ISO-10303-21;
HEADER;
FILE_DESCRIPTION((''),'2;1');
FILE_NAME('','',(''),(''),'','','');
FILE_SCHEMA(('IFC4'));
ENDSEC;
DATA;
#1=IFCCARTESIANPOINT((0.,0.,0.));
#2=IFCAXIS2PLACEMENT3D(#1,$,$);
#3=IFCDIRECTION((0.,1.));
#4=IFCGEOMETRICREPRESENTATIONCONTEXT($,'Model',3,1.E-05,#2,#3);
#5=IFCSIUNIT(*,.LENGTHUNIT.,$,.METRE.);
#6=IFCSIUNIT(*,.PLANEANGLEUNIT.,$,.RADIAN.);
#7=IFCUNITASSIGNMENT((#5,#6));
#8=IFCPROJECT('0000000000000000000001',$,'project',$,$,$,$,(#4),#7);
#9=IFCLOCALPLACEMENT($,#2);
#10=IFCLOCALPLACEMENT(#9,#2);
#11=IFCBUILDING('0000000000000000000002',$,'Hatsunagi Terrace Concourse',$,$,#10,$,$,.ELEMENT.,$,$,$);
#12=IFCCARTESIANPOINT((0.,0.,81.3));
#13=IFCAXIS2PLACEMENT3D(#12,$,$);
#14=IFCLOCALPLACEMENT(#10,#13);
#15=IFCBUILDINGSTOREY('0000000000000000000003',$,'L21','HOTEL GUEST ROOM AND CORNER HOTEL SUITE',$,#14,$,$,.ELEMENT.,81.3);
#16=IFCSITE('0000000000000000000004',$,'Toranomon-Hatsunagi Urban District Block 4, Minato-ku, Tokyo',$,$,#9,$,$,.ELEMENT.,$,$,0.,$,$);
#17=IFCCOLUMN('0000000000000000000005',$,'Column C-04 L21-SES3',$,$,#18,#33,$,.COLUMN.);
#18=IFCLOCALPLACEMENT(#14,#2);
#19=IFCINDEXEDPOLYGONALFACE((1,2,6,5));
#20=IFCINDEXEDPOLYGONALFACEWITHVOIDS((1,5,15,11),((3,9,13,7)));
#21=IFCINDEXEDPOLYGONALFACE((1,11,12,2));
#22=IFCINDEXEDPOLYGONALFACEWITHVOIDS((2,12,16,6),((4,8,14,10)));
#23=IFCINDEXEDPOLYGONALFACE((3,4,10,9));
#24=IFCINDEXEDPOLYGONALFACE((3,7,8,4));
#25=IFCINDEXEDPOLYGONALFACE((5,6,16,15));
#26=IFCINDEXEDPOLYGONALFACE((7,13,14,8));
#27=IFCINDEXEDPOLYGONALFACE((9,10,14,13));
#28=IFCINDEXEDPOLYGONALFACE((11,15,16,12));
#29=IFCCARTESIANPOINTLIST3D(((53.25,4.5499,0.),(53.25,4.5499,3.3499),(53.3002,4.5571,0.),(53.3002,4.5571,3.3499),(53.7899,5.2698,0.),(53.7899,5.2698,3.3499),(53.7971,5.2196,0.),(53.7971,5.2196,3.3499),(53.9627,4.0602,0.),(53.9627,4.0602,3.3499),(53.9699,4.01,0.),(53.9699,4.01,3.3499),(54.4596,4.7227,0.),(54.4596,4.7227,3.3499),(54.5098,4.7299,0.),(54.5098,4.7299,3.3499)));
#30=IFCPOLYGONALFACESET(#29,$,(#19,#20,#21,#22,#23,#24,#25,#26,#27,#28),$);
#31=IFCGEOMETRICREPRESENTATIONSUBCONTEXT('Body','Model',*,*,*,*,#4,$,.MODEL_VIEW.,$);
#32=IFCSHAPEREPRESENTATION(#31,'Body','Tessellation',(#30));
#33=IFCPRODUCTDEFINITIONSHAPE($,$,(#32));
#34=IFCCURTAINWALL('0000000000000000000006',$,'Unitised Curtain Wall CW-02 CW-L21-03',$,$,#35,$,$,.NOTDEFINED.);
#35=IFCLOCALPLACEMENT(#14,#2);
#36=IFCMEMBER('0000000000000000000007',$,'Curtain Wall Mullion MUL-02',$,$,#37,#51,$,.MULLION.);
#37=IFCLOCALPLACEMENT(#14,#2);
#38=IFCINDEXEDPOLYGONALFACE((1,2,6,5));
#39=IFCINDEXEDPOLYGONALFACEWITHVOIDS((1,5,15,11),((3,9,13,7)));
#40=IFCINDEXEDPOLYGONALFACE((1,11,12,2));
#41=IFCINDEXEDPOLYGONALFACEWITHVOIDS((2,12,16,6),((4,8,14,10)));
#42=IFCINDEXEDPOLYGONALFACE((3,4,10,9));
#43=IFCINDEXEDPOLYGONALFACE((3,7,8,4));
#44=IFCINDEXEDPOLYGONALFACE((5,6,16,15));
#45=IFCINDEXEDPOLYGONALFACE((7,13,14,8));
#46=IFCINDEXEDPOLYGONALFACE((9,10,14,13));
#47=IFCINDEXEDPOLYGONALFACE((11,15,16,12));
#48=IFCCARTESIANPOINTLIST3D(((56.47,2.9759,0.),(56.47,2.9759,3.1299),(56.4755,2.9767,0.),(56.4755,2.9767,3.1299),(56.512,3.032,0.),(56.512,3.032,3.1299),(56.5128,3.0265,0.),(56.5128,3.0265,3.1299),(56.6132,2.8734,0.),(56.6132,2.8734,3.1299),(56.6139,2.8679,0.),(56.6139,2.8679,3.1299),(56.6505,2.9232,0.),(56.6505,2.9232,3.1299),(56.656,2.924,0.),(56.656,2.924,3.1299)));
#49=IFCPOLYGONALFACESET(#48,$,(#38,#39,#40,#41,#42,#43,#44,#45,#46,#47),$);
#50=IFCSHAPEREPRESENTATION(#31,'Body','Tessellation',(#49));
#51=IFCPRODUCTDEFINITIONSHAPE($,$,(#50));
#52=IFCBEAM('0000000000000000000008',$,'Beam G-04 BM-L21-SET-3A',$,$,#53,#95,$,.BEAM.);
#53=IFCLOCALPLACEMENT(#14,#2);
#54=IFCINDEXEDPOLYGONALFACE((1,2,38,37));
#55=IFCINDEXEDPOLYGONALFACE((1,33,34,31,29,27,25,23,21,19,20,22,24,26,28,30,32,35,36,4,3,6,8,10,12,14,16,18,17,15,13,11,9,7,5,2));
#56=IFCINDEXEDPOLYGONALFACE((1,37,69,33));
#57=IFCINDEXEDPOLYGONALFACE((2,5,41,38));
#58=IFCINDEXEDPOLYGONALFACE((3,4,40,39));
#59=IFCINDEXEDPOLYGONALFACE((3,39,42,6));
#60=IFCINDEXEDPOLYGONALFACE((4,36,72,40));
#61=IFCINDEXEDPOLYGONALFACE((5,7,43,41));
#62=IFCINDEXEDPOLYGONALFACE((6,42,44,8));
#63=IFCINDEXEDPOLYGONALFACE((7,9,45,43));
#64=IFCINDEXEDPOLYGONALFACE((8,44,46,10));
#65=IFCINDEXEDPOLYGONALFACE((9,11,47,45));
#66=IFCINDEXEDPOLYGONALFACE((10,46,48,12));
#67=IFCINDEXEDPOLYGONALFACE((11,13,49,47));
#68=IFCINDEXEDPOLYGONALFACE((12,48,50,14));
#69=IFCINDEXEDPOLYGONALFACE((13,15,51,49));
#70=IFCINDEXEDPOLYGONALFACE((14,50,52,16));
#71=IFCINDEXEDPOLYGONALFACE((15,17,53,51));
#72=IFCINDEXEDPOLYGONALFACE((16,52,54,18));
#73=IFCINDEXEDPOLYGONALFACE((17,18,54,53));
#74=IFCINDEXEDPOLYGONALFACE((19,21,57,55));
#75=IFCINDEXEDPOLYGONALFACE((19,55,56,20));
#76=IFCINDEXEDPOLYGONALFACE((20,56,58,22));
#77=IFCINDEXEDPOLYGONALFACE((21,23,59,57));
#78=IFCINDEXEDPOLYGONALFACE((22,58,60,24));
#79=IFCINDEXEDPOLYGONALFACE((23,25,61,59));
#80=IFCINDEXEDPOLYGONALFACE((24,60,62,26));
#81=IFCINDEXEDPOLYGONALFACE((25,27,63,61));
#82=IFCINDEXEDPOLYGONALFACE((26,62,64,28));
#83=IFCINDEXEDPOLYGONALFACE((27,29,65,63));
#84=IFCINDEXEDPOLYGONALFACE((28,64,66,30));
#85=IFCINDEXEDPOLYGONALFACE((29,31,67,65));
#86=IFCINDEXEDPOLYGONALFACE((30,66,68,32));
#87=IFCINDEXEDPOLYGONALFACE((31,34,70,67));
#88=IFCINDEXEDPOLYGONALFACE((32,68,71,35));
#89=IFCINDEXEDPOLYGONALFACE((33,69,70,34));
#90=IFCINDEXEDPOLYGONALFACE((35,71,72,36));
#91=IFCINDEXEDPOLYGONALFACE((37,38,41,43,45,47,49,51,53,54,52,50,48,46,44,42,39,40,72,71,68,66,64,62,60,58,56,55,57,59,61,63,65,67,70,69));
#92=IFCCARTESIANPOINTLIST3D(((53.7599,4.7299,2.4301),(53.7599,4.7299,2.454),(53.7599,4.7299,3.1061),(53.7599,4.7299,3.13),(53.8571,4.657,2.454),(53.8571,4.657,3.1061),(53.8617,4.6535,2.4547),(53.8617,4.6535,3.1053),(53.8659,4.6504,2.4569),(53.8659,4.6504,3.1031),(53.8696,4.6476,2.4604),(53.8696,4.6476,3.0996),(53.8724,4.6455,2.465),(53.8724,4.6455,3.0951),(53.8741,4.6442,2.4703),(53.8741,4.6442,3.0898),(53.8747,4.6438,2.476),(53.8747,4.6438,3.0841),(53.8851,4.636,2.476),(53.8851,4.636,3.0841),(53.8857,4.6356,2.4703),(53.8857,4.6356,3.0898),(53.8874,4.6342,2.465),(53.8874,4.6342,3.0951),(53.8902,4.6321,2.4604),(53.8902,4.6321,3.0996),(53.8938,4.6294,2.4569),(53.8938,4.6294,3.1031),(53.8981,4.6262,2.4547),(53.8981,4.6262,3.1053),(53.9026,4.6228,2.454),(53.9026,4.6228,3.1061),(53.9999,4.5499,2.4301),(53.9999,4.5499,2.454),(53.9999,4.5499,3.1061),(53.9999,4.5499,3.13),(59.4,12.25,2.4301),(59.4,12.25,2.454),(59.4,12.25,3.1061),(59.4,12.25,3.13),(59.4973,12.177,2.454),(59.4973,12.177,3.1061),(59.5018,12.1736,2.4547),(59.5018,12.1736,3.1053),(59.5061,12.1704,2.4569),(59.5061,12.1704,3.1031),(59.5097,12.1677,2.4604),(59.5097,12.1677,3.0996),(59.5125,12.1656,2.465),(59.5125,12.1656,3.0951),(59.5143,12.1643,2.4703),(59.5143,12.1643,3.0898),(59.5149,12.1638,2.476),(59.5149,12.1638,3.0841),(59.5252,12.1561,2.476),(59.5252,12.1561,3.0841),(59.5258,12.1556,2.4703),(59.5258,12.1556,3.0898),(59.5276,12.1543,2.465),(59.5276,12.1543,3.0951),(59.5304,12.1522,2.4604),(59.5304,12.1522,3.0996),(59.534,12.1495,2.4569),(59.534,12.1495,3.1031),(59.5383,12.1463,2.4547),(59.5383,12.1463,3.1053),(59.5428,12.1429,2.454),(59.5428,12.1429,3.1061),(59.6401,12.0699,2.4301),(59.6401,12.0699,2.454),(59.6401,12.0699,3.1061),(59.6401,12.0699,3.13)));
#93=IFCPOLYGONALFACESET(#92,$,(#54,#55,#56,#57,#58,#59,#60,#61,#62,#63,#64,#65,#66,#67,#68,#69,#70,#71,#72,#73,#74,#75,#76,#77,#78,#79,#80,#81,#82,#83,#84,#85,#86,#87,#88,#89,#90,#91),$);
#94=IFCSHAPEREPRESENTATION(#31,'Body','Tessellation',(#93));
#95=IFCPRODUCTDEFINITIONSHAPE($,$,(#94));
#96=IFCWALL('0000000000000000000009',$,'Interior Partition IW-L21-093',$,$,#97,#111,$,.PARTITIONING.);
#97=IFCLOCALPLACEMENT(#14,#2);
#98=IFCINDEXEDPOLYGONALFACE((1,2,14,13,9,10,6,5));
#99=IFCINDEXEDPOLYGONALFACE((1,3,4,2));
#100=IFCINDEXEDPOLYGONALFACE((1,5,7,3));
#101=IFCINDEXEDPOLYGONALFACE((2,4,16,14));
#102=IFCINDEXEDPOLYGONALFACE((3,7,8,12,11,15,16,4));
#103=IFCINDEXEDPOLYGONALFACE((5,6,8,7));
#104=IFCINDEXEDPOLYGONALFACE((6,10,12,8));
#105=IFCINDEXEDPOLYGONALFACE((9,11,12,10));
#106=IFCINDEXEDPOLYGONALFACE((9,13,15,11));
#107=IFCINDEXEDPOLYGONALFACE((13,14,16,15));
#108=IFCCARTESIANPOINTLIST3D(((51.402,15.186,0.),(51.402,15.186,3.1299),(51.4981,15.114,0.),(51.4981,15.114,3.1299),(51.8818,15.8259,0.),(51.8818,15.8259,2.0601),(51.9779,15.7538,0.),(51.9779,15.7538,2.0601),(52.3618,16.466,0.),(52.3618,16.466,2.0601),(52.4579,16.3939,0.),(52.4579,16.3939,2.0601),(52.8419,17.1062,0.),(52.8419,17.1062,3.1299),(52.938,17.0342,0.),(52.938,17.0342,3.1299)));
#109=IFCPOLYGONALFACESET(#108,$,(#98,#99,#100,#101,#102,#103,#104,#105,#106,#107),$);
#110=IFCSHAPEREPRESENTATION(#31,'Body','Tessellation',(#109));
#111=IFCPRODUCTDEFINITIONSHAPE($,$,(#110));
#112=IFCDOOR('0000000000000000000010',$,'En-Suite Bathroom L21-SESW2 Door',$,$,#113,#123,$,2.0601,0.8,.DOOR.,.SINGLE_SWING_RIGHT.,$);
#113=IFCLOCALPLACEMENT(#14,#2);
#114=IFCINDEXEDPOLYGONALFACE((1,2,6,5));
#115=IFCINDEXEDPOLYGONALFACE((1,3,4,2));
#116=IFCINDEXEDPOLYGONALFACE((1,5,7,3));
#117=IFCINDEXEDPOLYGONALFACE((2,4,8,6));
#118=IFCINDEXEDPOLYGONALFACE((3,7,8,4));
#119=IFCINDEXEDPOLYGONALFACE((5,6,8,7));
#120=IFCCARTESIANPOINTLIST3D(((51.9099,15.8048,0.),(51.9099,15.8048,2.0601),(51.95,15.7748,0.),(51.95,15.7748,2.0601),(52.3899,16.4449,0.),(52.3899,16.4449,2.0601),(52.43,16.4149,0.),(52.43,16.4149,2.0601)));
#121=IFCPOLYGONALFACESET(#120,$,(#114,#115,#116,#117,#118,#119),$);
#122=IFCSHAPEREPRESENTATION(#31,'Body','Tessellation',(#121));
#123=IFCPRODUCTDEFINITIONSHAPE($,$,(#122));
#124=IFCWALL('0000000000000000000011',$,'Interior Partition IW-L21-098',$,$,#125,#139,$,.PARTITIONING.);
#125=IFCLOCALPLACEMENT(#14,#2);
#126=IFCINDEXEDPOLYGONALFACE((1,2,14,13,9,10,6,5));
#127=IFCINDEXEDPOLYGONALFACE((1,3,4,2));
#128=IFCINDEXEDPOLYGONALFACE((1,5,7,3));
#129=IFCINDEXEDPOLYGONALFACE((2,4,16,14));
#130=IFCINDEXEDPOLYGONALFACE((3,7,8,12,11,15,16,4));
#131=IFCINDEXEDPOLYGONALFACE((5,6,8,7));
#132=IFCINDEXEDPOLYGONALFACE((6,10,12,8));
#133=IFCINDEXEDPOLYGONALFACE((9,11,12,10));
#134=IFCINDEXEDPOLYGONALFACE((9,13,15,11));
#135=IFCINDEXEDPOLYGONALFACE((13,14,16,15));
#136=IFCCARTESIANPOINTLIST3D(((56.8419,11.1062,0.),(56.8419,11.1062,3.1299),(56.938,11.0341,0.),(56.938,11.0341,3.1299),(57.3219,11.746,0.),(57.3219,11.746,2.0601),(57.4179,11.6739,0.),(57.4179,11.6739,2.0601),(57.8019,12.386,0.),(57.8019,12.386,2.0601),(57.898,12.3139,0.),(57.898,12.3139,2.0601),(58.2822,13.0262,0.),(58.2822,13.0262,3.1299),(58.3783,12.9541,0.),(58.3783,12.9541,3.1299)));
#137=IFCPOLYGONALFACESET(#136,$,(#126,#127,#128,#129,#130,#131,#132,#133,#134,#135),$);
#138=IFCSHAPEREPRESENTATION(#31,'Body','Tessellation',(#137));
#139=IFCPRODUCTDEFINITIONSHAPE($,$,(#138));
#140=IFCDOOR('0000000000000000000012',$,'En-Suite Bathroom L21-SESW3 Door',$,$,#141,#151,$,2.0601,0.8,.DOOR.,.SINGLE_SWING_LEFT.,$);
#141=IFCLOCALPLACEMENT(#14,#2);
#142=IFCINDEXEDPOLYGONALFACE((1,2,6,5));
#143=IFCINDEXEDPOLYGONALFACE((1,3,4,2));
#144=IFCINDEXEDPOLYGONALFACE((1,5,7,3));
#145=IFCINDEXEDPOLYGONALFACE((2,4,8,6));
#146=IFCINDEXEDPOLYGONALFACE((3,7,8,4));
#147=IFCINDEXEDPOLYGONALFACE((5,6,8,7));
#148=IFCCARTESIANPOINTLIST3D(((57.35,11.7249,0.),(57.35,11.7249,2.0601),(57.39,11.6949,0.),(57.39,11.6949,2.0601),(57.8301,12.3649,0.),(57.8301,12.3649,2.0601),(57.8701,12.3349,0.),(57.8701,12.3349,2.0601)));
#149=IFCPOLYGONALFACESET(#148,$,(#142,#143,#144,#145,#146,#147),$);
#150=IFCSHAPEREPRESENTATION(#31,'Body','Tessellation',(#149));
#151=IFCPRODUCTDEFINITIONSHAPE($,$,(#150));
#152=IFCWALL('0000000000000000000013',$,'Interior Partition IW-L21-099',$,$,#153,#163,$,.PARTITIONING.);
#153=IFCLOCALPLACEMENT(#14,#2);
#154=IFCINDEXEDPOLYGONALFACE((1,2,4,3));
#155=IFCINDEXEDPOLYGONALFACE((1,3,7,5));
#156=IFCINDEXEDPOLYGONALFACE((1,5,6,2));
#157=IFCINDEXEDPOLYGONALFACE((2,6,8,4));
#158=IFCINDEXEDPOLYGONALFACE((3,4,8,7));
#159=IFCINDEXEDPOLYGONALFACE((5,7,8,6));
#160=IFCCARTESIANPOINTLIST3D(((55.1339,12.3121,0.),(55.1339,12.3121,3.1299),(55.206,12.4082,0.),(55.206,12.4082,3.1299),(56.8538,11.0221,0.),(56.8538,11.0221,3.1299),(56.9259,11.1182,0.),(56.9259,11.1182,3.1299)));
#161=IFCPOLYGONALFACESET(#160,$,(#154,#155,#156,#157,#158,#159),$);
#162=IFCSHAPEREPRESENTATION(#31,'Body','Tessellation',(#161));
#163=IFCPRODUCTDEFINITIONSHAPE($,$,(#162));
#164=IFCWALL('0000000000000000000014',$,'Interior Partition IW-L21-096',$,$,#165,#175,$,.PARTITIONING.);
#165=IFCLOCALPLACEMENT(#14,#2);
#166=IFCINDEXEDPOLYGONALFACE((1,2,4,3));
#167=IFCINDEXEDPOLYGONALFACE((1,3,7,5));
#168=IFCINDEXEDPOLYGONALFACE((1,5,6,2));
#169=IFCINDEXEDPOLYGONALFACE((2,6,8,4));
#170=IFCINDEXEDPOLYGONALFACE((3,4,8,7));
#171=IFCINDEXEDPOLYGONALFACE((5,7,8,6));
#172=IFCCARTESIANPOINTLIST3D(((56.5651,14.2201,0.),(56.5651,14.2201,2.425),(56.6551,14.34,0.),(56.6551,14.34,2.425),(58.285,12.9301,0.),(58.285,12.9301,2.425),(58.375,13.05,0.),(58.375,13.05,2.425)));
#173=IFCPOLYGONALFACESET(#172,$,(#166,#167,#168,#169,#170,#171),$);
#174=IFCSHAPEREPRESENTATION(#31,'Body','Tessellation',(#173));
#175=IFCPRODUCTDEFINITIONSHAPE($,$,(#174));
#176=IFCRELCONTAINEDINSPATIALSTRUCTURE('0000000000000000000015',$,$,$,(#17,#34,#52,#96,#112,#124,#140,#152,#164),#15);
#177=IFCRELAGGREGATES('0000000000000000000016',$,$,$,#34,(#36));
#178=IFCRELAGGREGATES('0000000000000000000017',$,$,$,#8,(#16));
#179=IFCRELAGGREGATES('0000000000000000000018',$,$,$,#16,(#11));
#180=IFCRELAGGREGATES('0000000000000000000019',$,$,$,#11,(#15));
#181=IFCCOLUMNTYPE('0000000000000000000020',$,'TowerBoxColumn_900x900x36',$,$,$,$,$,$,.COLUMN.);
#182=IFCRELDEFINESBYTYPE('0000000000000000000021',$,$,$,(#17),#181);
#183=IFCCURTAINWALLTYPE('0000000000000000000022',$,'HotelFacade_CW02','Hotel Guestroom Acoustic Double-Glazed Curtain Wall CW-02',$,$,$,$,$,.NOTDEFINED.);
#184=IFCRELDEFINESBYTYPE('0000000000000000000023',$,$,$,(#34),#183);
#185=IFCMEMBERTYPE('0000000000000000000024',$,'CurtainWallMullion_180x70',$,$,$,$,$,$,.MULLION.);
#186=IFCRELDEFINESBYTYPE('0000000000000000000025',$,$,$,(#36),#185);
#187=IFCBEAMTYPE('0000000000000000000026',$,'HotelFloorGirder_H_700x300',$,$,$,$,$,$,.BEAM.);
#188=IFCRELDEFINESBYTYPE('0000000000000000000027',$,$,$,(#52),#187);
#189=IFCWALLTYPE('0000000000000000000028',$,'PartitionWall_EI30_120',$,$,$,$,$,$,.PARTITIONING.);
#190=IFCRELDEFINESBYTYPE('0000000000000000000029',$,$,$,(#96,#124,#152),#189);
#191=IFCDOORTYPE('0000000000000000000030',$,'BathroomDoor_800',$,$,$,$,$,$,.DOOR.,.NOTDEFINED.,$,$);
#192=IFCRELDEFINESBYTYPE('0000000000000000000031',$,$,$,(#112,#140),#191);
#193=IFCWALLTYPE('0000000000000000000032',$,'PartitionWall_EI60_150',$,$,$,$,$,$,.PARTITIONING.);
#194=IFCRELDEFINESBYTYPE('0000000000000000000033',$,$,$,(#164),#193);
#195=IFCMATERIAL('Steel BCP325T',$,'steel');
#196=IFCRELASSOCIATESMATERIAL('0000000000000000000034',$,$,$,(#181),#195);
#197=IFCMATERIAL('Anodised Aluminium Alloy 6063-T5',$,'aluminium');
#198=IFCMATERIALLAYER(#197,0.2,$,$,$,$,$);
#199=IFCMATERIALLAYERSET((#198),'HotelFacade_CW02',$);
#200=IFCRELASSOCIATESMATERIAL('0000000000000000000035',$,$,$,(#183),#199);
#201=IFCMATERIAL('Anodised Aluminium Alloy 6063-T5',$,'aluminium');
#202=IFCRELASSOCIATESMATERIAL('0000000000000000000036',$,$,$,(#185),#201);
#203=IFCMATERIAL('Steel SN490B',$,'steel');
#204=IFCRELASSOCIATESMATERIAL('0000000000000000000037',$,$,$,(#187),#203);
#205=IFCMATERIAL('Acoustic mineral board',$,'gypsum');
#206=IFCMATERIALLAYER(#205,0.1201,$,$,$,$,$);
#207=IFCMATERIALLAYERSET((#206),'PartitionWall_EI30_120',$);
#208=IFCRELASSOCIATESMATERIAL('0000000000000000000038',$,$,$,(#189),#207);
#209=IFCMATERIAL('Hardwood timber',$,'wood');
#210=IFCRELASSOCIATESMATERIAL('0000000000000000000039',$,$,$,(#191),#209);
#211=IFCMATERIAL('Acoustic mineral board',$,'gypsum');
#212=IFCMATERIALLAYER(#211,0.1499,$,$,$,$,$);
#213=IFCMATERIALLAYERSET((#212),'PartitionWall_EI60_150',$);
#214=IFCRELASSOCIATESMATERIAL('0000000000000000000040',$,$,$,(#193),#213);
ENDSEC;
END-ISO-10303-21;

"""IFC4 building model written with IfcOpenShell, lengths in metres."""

from ifc_helpers import new_model, si_unit, direction, frame, frame_2d, origin, origin_2d, place, context, subcontext, project, spatial, rectangle, hollow_rectangle, i_section, extrude, material, layer, layer_set, material_profile, profile_set, type_object, element, fill, aggregate, save


model = new_model("IFC4")

# Units and contexts
model_context = context("Model", 3, precision=1e-05, world=origin(), true_north=direction((0.0, 1.0)))
body_context = subcontext(model_context, "Body", "Model", "MODEL_VIEW")
ifc_project = project(units=[si_unit("LENGTHUNIT", "METRE"), si_unit("PLANEANGLEUNIT", "RADIAN")], contexts=[model_context])

# Site, building, storey
site_placement = place(None, origin())
site = spatial("IfcSite", under=ifc_project, at=site_placement, Name="Toranomon-Hatsunagi Urban District Block 4, Minato-ku, Tokyo", CompositionType="ELEMENT", RefElevation=0.0)
building_placement = place(site_placement, origin())
building = spatial("IfcBuilding", under=site, at=building_placement, Name="Hatsunagi Terrace Concourse", CompositionType="ELEMENT")
storey_placement = place(building_placement, frame((0.0, 0.0, 81.3)))
storey = spatial("IfcBuildingStorey", under=building, at=storey_placement, Name="L21", Description="HOTEL GUEST ROOM AND CORNER HOTEL SUITE", CompositionType="ELEMENT", Elevation=81.3)

# Column
ifc_material_1 = material(Name="Steel BCP325T", Category="steel")
ifc_material_profile_1 = material_profile(ifc_material_1, hollow_rectangle(XDim=0.8999, YDim=0.8999, WallThickness=0.0359, at=origin_2d()), Name="BCP-900x900x36")
ifc_profile_set_1 = profile_set([ifc_material_profile_1], Name="Steel BCP325T")
column_type = type_object("IfcColumnType", Name="TowerBoxColumn_900x900x36", PredefinedType="COLUMN", material=ifc_profile_set_1)
column_placement = place(storey_placement, frame((53.8799, 4.6399, 0.0), z_axis=(0.0, 0.0, 1.0), x_axis=(0.8, -0.6, 0.0)))
element("IfcColumn", 1, at=column_placement, inside=storey, type_object=column_type, Name="Column C-04 L21-SES3", PredefinedType="COLUMN", context=body_context, shape_type="SweptSolid", body=[
    extrude(hollow_rectangle(XDim=0.8999, YDim=0.8999, WallThickness=0.0359, at=origin_2d()), origin(), (0.0, 0.0, 1.0), 3.3499),
])

# Curtain wall, member
ifc_material_2 = material(Name="Anodised Aluminium Alloy 6063-T5", Category="aluminium")
ifc_layer_1 = layer(ifc_material_2, 0.2)
ifc_layer_set_1 = layer_set([ifc_layer_1], Name="HotelFacade_CW02")
curtain_wall_type = type_object("IfcCurtainWallType", Name="HotelFacade_CW02", Description="Hotel Guestroom Acoustic Double-Glazed Curtain Wall CW-02", PredefinedType="NOTDEFINED", material=ifc_layer_set_1)
curtain_wall_placement = place(storey_placement, origin())
curtain_wall = element("IfcCurtainWall", 2, at=curtain_wall_placement, inside=storey, type_object=curtain_wall_type, Name="Unitised Curtain Wall CW-02 CW-L21-03", PredefinedType="NOTDEFINED")
ifc_material_3 = material(Name="Anodised Aluminium Alloy 6063-T5", Category="aluminium")
ifc_material_profile_2 = material_profile(ifc_material_3, hollow_rectangle(XDim=0.0701, YDim=0.1799, WallThickness=0.0039, at=origin_2d()), Name="ALU-MUL-180x70x4")
ifc_profile_set_2 = profile_set([ifc_material_profile_2], Name="Anodised Aluminium Alloy 6063-T5")
member_type = type_object("IfcMemberType", Name="CurtainWallMullion_180x70", PredefinedType="MULLION", material=ifc_profile_set_2)
member_placement = place(storey_placement, frame((56.563, 2.95, 0.0), z_axis=(0.0, 0.0, 1.0), x_axis=(-0.599969, -0.800023, 0.0)))
member = element("IfcMember", 3, at=member_placement, type_object=member_type, Name="Curtain Wall Mullion MUL-02", PredefinedType="MULLION", context=body_context, shape_type="SweptSolid", body=[
    extrude(hollow_rectangle(XDim=0.0701, YDim=0.1799, WallThickness=0.0039, at=origin_2d()), origin(), (0.0, 0.0, 1.0), 3.1299),
])
aggregate(curtain_wall, [member])

# Beam
ifc_material_4 = material(Name="Steel SN490B", Category="steel")
ifc_material_profile_3 = material_profile(ifc_material_4, i_section(OverallWidth=0.3, OverallDepth=0.7, WebThickness=0.0129, FlangeThickness=0.0239, FilletRadius=0.022, at=origin_2d()), Name="H-700x300x13x24")
ifc_profile_set_3 = profile_set([ifc_material_profile_3], Name="Steel SN490B")
beam_type = type_object("IfcBeamType", Name="HotelFloorGirder_H_700x300", PredefinedType="BEAM", material=ifc_profile_set_3)
beam_placement = place(storey_placement, frame((53.8799, 4.6399, 2.78), z_axis=(0.600008, 0.799994, 0.0), x_axis=(-0.799994, 0.600008, 0.0)))
element("IfcBeam", 4, at=beam_placement, inside=storey, type_object=beam_type, Name="Beam G-04 BM-L21-SET-3A", PredefinedType="BEAM", context=body_context, shape_type="SweptSolid", body=[
    extrude(i_section(OverallWidth=0.3, OverallDepth=0.7, WebThickness=0.0129, FlangeThickness=0.0239, FilletRadius=0.022, at=origin_2d()), origin(), (0.0, 0.0, 1.0), 9.4001),
])

# Walls, openings, doors
ifc_material_5 = material(Name="Acoustic mineral board", Category="gypsum")
ifc_layer_2 = layer(ifc_material_5, 0.1201)
ifc_layer_set_2 = layer_set([ifc_layer_2], Name="PartitionWall_EI30_120")
wall_type_1 = type_object("IfcWallType", Name="PartitionWall_EI30_120", PredefinedType="PARTITIONING", material=ifc_layer_set_2)
wall_1_placement = place(storey_placement, frame((51.45, 15.1499, 0.0), z_axis=(0.0, 0.0, 1.0), x_axis=(0.599951, 0.800037, 0.0)))
wall_1 = element("IfcWall", 5, at=wall_1_placement, inside=storey, type_object=wall_type_1, Name="Interior Partition IW-L21-093", PredefinedType="PARTITIONING", context=body_context, shape_type="SweptSolid", body=[
    extrude(rectangle(XDim=2.4001, YDim=0.1201, at=frame_2d((1.2002, 0.0))), origin(), (0.0, 0.0, 1.0), 3.1299),
])
opening_1_placement = place(wall_1_placement, frame((0.8, 0.0, 0.0)))
opening_1 = element("IfcOpeningElement", 6, at=opening_1_placement, cuts=wall_1, PredefinedType="OPENING", context=body_context, shape_type="SweptSolid", body=[
    extrude(rectangle(XDim=0.8, YDim=2.0601, at=frame_2d((0.3999, 1.03))), frame((0.0, 0.0701, 0.0), z_axis=(0.0, -1.0, 0.0), x_axis=(1.0, 0.0, 0.0)), (0.0, 0.0, 1.0), 0.1401),
])
ifc_material_6 = material(Name="Hardwood timber", Category="wood")
door_type_1 = type_object("IfcDoorType", Name="BathroomDoor_800", OperationType="NOTDEFINED", PredefinedType="DOOR", material=ifc_material_6)
door_1_placement = place(opening_1_placement, origin())
door_1 = element("IfcDoor", 7, at=door_1_placement, inside=storey, type_object=door_type_1, Name="En-Suite Bathroom L21-SESW2 Door", OperationType="SINGLE_SWING_RIGHT", OverallHeight=2.0601, OverallWidth=0.8, PredefinedType="DOOR", context=body_context, shape_type="SweptSolid", body=[
    extrude(rectangle(XDim=0.8, YDim=2.0601, at=frame_2d((0.3999, 1.03))), frame((0.0, 0.0249, 0.0), z_axis=(0.0, -1.0, 0.0), x_axis=(1.0, 0.0, 0.0)), (0.0, 0.0, 1.0), 0.05),
])
fill(opening_1, door_1)
wall_2_placement = place(storey_placement, frame((56.8899, 11.0701, 0.0), z_axis=(0.0, 0.0, 1.0), x_axis=(0.600065, 0.799951, 0.0)))
wall_2 = element("IfcWall", 8, at=wall_2_placement, inside=storey, type_object=wall_type_1, Name="Interior Partition IW-L21-098", PredefinedType="PARTITIONING", context=body_context, shape_type="SweptSolid", body=[
    extrude(rectangle(XDim=2.4001, YDim=0.1201, at=frame_2d((1.2002, 0.0))), origin(), (0.0, 0.0, 1.0), 3.1299),
])
opening_2_placement = place(wall_2_placement, frame((0.8, 0.0, 0.0)))
opening_2 = element("IfcOpeningElement", 9, at=opening_2_placement, cuts=wall_2, PredefinedType="OPENING", context=body_context, shape_type="SweptSolid", body=[
    extrude(rectangle(XDim=0.8, YDim=2.0601, at=frame_2d((0.3999, 1.03))), frame((0.0, 0.0701, 0.0), z_axis=(0.0, -1.0, 0.0), x_axis=(1.0, 0.0, 0.0)), (0.0, 0.0, 1.0), 0.1401),
])
door_2_placement = place(opening_2_placement, origin())
door_2 = element("IfcDoor", 10, at=door_2_placement, inside=storey, type_object=door_type_1, Name="En-Suite Bathroom L21-SESW3 Door", OperationType="SINGLE_SWING_LEFT", OverallHeight=2.0601, OverallWidth=0.8, PredefinedType="DOOR", context=body_context, shape_type="SweptSolid", body=[
    extrude(rectangle(XDim=0.8, YDim=2.0601, at=frame_2d((0.3999, 1.03))), frame((0.0, 0.0249, 0.0), z_axis=(0.0, -1.0, 0.0), x_axis=(1.0, 0.0, 0.0)), (0.0, 0.0, 1.0), 0.05),
])
fill(opening_2, door_2)

# Wall
wall_3_placement = place(storey_placement, frame((55.1699, 12.3601, 0.0), z_axis=(0.0, 0.0, 1.0), x_axis=(0.799986, -0.600018, 0.0)))
element("IfcWall", 11, at=wall_3_placement, inside=storey, type_object=wall_type_1, Name="Interior Partition IW-L21-099", PredefinedType="PARTITIONING", context=body_context, shape_type="SweptSolid", body=[
    extrude(rectangle(XDim=2.1499, YDim=0.1201, at=frame_2d((1.075, 0.0))), origin(), (0.0, 0.0, 1.0), 3.1299),
])

# Shared definitions
ifc_material_7 = material(Name="Acoustic mineral board", Category="gypsum")
ifc_layer_3 = layer(ifc_material_7, 0.1499)
ifc_layer_set_3 = layer_set([ifc_layer_3], Name="PartitionWall_EI60_150")
wall_type_2 = type_object("IfcWallType", Name="PartitionWall_EI60_150", PredefinedType="PARTITIONING", material=ifc_layer_set_3)

# Wall
wall_4_placement = place(storey_placement, frame((56.6101, 14.28, 0.0), z_axis=(0.0, 0.0, 1.0), x_axis=(0.799986, -0.600018, 0.0)))
element("IfcWall", 12, at=wall_4_placement, inside=storey, type_object=wall_type_2, Name="Interior Partition IW-L21-096", PredefinedType="PARTITIONING", context=body_context, shape_type="SweptSolid", body=[
    extrude(rectangle(XDim=2.1499, YDim=0.1499, at=frame_2d((1.075, 0.0))), origin(), (0.0, 0.0, 1.0), 2.425),
])

save(model, "model.ifc")
